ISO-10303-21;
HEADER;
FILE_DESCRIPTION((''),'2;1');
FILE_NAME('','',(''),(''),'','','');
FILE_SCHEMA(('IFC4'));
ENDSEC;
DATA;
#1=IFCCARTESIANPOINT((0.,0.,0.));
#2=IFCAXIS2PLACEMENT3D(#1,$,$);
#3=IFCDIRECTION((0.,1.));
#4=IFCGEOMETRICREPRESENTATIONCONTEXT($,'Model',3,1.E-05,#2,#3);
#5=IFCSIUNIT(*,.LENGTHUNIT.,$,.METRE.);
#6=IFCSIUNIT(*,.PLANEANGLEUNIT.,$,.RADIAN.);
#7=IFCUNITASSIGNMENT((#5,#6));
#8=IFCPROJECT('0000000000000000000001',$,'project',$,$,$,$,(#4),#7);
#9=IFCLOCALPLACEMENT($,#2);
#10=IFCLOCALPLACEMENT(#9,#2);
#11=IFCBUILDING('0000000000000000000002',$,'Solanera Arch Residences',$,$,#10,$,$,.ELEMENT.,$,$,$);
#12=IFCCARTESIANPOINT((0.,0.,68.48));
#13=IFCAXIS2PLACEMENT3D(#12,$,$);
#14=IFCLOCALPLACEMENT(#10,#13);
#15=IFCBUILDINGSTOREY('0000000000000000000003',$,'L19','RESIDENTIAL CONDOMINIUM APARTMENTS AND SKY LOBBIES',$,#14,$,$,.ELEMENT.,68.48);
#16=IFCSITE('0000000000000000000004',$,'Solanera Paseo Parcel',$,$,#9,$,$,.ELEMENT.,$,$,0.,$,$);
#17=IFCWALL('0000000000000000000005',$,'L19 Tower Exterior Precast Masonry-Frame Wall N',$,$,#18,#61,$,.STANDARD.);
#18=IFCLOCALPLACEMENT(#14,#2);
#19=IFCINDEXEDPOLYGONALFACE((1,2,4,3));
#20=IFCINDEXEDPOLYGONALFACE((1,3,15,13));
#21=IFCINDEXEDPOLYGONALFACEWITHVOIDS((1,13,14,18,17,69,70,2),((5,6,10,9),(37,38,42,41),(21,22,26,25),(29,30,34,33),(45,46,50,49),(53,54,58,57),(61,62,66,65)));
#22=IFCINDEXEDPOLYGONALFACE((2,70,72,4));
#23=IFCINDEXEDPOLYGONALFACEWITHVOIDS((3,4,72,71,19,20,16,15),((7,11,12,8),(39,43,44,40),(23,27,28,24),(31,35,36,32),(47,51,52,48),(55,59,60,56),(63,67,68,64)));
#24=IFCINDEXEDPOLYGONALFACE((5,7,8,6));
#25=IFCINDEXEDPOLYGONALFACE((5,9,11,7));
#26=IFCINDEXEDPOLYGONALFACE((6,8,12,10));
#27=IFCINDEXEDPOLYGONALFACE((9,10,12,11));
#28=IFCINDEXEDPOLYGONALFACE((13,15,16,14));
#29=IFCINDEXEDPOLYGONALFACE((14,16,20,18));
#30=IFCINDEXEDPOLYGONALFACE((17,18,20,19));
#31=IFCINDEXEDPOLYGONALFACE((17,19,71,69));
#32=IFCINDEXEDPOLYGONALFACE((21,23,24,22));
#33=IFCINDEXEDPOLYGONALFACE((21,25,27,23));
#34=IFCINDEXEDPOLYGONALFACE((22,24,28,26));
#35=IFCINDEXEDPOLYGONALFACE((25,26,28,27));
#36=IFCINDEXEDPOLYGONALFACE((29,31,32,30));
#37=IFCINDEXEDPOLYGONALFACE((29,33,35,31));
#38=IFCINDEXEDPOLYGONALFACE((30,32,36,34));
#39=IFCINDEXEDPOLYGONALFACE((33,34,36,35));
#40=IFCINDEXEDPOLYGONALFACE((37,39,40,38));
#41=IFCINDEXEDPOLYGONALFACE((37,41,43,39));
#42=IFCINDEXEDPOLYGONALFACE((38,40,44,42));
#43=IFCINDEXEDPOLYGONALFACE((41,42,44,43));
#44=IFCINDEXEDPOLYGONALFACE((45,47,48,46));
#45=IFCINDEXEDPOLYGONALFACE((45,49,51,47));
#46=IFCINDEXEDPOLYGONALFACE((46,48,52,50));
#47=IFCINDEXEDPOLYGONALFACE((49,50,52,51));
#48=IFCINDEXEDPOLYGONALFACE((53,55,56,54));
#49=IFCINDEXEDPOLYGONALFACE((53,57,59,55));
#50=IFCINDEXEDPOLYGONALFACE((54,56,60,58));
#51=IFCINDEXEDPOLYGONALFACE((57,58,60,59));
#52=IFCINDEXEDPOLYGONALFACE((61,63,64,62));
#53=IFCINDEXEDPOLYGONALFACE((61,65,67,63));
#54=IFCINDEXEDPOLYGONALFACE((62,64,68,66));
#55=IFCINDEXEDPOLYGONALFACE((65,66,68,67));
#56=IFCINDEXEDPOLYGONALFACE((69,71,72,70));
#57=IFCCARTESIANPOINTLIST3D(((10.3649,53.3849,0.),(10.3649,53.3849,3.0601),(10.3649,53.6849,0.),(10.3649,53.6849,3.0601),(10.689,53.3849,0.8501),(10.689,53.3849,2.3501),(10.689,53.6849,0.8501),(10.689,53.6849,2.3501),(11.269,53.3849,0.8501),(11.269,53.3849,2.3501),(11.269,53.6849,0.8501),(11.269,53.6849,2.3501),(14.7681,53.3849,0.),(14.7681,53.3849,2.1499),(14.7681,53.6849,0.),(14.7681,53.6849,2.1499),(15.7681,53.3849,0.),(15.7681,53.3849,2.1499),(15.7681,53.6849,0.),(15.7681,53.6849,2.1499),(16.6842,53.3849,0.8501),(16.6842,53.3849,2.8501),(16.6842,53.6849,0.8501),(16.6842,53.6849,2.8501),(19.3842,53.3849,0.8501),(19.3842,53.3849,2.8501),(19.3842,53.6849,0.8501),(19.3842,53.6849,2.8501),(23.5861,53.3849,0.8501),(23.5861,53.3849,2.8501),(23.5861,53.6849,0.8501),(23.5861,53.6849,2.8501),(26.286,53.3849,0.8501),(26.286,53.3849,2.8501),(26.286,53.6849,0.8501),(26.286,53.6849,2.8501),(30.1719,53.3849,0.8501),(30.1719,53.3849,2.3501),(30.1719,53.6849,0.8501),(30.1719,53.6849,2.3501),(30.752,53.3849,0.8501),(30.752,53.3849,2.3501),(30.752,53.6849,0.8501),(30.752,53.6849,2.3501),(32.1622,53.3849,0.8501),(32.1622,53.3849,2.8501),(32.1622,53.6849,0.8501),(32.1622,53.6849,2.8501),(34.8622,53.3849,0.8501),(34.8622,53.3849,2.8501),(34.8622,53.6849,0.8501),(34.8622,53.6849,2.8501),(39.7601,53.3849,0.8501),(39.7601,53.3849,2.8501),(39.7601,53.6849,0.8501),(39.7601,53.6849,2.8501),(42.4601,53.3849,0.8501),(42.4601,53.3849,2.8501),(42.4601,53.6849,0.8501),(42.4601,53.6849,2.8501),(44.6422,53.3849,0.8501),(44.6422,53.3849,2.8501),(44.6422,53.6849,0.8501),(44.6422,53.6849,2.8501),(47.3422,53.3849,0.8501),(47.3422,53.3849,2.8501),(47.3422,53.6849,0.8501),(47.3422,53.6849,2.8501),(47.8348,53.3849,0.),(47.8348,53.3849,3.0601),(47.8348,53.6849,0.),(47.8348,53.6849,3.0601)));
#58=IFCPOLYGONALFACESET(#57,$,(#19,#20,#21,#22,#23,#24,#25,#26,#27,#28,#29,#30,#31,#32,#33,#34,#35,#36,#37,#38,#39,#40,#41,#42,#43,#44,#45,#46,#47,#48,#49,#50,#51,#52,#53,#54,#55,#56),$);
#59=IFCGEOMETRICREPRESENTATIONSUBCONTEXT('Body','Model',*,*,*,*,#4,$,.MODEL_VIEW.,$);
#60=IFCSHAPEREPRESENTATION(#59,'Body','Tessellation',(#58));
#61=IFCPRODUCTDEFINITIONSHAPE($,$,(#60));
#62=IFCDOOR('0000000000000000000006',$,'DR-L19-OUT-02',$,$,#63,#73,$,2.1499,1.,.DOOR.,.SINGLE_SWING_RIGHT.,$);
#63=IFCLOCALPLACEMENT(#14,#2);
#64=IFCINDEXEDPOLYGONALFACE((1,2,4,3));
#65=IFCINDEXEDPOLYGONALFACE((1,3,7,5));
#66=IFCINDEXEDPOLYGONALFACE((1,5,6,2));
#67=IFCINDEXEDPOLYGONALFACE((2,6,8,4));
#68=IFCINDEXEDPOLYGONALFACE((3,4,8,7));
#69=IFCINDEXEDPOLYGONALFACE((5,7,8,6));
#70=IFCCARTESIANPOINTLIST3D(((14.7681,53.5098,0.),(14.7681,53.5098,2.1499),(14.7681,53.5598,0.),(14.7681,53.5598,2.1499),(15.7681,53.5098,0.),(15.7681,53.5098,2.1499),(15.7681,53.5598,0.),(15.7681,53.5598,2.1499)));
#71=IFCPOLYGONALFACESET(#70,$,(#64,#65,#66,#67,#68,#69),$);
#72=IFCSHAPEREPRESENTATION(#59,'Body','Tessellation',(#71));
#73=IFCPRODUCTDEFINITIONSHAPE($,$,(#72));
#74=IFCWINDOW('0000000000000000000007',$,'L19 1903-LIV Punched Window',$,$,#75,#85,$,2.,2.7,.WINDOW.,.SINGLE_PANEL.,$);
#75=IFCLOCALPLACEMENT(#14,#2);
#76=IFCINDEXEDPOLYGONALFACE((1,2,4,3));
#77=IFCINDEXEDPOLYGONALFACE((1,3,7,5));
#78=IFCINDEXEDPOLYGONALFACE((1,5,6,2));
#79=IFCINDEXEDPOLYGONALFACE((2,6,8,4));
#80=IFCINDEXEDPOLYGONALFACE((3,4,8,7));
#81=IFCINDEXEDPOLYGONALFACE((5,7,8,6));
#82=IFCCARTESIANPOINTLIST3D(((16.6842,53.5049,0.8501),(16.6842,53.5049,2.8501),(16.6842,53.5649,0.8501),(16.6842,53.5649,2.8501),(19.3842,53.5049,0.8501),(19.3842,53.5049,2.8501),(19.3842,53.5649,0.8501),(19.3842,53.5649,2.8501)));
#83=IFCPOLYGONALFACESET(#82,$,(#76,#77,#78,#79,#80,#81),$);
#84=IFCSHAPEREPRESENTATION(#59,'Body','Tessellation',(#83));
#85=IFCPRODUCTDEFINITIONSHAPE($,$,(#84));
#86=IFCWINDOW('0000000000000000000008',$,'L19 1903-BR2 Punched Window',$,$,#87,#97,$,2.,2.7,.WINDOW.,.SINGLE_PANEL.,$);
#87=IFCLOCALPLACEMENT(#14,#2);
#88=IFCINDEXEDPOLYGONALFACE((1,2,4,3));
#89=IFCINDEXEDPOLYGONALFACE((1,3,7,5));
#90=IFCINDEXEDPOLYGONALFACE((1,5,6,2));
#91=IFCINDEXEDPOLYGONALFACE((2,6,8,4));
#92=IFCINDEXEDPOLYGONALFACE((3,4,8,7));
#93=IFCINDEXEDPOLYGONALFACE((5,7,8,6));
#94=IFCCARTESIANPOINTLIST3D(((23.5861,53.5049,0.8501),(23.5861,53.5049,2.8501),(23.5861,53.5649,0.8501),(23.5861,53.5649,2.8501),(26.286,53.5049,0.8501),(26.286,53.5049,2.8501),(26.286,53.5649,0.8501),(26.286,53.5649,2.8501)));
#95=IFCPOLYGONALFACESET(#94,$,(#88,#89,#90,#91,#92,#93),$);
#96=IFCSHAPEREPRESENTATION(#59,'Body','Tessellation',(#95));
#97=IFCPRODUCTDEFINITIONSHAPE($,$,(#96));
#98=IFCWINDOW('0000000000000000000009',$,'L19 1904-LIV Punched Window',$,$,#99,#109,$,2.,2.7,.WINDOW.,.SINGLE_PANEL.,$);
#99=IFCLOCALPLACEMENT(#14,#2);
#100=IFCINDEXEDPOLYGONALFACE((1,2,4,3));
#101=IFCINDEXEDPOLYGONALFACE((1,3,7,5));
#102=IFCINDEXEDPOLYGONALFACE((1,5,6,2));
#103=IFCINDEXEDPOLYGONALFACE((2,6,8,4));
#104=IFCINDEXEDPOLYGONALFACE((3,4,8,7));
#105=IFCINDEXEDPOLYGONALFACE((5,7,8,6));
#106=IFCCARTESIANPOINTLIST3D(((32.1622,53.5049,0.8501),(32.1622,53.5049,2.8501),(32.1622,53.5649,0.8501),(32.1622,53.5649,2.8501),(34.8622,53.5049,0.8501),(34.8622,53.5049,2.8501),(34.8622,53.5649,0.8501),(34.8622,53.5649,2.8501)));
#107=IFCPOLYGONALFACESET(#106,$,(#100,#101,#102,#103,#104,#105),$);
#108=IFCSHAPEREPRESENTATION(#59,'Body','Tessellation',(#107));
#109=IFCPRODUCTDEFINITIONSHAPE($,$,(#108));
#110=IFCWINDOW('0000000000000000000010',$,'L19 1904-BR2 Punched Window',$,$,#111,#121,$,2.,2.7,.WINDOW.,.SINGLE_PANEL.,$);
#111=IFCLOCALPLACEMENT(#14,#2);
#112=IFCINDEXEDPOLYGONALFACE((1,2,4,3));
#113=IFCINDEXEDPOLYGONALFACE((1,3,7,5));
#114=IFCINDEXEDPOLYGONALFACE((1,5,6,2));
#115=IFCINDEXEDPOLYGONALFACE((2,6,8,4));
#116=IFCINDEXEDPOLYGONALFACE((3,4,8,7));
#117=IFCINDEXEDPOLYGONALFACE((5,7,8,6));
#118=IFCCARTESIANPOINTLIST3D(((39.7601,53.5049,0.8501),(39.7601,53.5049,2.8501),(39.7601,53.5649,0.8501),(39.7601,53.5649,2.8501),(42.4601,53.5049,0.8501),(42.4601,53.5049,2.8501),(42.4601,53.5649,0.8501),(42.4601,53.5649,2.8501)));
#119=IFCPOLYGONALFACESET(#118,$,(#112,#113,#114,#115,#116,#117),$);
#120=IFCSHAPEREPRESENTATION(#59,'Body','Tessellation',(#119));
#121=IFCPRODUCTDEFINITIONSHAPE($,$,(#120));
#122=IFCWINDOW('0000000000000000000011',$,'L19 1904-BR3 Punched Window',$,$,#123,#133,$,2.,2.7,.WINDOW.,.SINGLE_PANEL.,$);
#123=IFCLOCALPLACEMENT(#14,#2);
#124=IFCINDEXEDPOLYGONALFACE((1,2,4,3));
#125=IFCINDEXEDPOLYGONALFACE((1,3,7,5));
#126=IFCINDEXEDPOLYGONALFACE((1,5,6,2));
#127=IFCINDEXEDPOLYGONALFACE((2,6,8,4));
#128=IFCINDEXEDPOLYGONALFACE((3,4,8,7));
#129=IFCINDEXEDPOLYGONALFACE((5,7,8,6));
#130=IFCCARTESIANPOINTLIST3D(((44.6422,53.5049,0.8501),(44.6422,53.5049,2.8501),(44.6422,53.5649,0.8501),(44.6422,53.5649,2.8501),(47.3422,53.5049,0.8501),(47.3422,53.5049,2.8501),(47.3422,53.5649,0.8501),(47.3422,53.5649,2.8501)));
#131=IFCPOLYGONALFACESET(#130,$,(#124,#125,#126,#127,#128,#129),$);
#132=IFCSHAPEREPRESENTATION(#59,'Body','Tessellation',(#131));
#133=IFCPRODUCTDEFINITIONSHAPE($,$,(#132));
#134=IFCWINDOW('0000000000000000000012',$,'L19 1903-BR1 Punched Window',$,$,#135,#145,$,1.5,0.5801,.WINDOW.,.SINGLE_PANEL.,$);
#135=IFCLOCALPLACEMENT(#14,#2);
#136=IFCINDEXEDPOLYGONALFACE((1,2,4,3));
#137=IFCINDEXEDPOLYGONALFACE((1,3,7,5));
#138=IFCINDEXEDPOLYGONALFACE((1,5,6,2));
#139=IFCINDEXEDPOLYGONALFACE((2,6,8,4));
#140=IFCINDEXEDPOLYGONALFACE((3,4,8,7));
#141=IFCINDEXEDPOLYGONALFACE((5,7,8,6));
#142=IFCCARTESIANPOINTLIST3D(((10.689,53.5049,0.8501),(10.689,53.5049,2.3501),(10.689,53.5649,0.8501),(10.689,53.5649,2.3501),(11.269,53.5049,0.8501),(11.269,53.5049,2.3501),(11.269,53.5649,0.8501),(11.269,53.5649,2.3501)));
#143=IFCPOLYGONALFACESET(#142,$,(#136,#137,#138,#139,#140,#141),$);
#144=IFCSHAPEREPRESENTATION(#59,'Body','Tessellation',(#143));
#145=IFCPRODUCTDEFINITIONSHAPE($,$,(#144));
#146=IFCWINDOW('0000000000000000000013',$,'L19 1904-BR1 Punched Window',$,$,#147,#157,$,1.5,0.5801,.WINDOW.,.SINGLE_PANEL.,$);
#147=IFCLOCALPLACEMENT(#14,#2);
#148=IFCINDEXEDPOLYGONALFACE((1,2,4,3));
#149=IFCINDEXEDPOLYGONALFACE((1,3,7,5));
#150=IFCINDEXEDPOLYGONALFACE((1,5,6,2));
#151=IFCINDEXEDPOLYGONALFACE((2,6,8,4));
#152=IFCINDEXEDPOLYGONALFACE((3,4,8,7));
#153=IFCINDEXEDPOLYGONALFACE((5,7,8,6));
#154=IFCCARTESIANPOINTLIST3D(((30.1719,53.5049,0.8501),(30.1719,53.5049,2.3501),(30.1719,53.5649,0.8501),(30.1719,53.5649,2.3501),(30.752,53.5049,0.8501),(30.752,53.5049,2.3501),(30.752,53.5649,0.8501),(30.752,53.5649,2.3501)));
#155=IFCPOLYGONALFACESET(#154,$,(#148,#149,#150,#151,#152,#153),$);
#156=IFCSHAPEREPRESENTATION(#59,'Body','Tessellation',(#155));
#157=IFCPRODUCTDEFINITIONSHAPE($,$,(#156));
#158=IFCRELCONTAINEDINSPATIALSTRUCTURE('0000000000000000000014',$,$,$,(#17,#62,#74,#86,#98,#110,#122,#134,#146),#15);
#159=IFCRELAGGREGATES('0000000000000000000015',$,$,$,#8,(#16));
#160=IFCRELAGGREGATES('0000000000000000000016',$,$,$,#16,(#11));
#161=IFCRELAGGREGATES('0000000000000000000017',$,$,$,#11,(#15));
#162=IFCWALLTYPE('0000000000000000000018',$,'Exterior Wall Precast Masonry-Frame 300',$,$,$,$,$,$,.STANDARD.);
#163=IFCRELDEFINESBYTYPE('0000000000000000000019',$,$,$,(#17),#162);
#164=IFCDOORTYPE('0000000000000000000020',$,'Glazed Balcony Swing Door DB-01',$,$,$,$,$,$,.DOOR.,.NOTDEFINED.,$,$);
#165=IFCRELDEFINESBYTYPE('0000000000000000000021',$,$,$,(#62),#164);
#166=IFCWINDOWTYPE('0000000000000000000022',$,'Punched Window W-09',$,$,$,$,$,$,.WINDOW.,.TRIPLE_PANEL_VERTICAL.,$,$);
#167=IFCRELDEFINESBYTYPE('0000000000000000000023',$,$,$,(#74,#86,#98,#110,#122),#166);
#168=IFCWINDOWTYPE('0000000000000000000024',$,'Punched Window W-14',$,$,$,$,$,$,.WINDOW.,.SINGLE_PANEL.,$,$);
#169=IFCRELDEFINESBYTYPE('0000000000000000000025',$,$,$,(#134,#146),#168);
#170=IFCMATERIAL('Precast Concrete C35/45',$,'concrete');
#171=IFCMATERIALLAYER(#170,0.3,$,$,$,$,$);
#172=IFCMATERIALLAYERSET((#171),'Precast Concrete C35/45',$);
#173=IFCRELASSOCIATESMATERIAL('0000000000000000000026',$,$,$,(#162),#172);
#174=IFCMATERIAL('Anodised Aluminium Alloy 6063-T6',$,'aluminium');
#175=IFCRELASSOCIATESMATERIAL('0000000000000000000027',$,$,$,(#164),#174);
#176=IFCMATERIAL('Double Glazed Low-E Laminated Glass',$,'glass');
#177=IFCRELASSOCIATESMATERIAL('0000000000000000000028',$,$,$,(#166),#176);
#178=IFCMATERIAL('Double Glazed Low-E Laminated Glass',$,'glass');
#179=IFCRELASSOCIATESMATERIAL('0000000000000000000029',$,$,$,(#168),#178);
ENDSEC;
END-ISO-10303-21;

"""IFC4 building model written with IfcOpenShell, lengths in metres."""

from ifc_helpers import new_model, si_unit, direction, frame, frame_2d, origin, place, context, subcontext, project, spatial, rectangle, extrude, material, layer, layer_set, type_object, element, fill, save


model = new_model("IFC4")

# Units and contexts
model_context = context("Model", 3, precision=1e-05, world=origin(), true_north=direction((0.0, 1.0)))
body_context = subcontext(model_context, "Body", "Model", "MODEL_VIEW")
ifc_project = project(units=[si_unit("LENGTHUNIT", "METRE"), si_unit("PLANEANGLEUNIT", "RADIAN")], contexts=[model_context])

# Site, building, storey
site_placement = place(None, origin())
site = spatial("IfcSite", under=ifc_project, at=site_placement, Name="Solanera Paseo Parcel", CompositionType="ELEMENT", RefElevation=0.0)
building_placement = place(site_placement, origin())
building = spatial("IfcBuilding", under=site, at=building_placement, Name="Solanera Arch Residences", CompositionType="ELEMENT")
storey_placement = place(building_placement, frame((0.0, 0.0, 68.48)))
storey = spatial("IfcBuildingStorey", under=building, at=storey_placement, Name="L19", Description="RESIDENTIAL CONDOMINIUM APARTMENTS AND SKY LOBBIES", CompositionType="ELEMENT", Elevation=68.48)

# Shared definitions
ifc_material_1 = material(Name="Precast Concrete C35/45", Category="concrete")
ifc_layer_1 = layer(ifc_material_1, 0.3)
ifc_layer_set_1 = layer_set([ifc_layer_1], Name="Precast Concrete C35/45")
wall_type_1 = type_object("IfcWallType", Name="Exterior Wall Precast Masonry-Frame 300", PredefinedType="STANDARD", material=ifc_layer_set_1)

# Wall, openings, door, windows
wall_1_placement = place(storey_placement, frame((10.365, 53.5349, 0.0), z_axis=(0.0, 0.0, 1.0), x_axis=(1.0, 0.0, 0.0)))
wall_1 = element("IfcWall", 1, at=wall_1_placement, inside=storey, type_object=wall_type_1, Name="L19 Tower Exterior Precast Masonry-Frame Wall N", PredefinedType="STANDARD", context=body_context, shape_type="SweptSolid", body=[
    extrude(rectangle(XDim=37.47, YDim=0.3, at=frame_2d((18.7349, 0.0))), origin(), (0.0, 0.0, 1.0), 3.0601),
])
opening_1_placement = place(wall_1_placement, frame((4.4031, 0.0, 0.0)))
opening_1 = element("IfcOpeningElement", 2, at=opening_1_placement, cuts=wall_1, PredefinedType="OPENING", context=body_context, shape_type="SweptSolid", body=[
    extrude(rectangle(XDim=1.0, YDim=2.1499, at=frame_2d((0.5, 1.075))), frame((0.0, 0.1599, 0.0), z_axis=(0.0, -1.0, 0.0), x_axis=(1.0, 0.0, 0.0)), (0.0, 0.0, 1.0), 0.32),
])
opening_2_placement = place(wall_1_placement, frame((6.3191, 0.0, 0.8501)))
opening_2 = element("IfcOpeningElement", 3, at=opening_2_placement, cuts=wall_1, PredefinedType="OPENING", context=body_context, shape_type="SweptSolid", body=[
    extrude(rectangle(XDim=2.7, YDim=2.0, at=frame_2d((1.3501, 1.0))), frame((0.0, 0.1599, 0.0), z_axis=(0.0, -1.0, 0.0), x_axis=(1.0, 0.0, 0.0)), (0.0, 0.0, 1.0), 0.32),
])
opening_3_placement = place(wall_1_placement, frame((0.324, 0.0, 0.8501)))
opening_3 = element("IfcOpeningElement", 4, at=opening_3_placement, cuts=wall_1, PredefinedType="OPENING", context=body_context, shape_type="SweptSolid", body=[
    extrude(rectangle(XDim=0.5801, YDim=1.5, at=frame_2d((0.29, 0.75))), frame((0.0, 0.1599, 0.0), z_axis=(0.0, -1.0, 0.0), x_axis=(1.0, 0.0, 0.0)), (0.0, 0.0, 1.0), 0.32),
])
opening_4_placement = place(wall_1_placement, frame((13.2209, 0.0, 0.8501)))
opening_4 = element("IfcOpeningElement", 5, at=opening_4_placement, cuts=wall_1, PredefinedType="OPENING", context=body_context, shape_type="SweptSolid", body=[
    extrude(rectangle(XDim=2.7, YDim=2.0, at=frame_2d((1.3501, 1.0))), frame((0.0, 0.1599, 0.0), z_axis=(0.0, -1.0, 0.0), x_axis=(1.0, 0.0, 0.0)), (0.0, 0.0, 1.0), 0.32),
])
opening_5_placement = place(wall_1_placement, frame((21.7971, 0.0, 0.8501)))
opening_5 = element("IfcOpeningElement", 6, at=opening_5_placement, cuts=wall_1, PredefinedType="OPENING", context=body_context, shape_type="SweptSolid", body=[
    extrude(rectangle(XDim=2.7, YDim=2.0, at=frame_2d((1.3501, 1.0))), frame((0.0, 0.1599, 0.0), z_axis=(0.0, -1.0, 0.0), x_axis=(1.0, 0.0, 0.0)), (0.0, 0.0, 1.0), 0.32),
])
opening_6_placement = place(wall_1_placement, frame((19.8069, 0.0, 0.8501)))
opening_6 = element("IfcOpeningElement", 7, at=opening_6_placement, cuts=wall_1, PredefinedType="OPENING", context=body_context, shape_type="SweptSolid", body=[
    extrude(rectangle(XDim=0.5801, YDim=1.5, at=frame_2d((0.29, 0.75))), frame((0.0, 0.1599, 0.0), z_axis=(0.0, -1.0, 0.0), x_axis=(1.0, 0.0, 0.0)), (0.0, 0.0, 1.0), 0.32),
])
opening_7_placement = place(wall_1_placement, frame((29.395, 0.0, 0.8501)))
opening_7 = element("IfcOpeningElement", 8, at=opening_7_placement, cuts=wall_1, PredefinedType="OPENING", context=body_context, shape_type="SweptSolid", body=[
    extrude(rectangle(XDim=2.7, YDim=2.0, at=frame_2d((1.3501, 1.0))), frame((0.0, 0.1599, 0.0), z_axis=(0.0, -1.0, 0.0), x_axis=(1.0, 0.0, 0.0)), (0.0, 0.0, 1.0), 0.32),
])
opening_8_placement = place(wall_1_placement, frame((34.2771, 0.0, 0.8501)))
opening_8 = element("IfcOpeningElement", 9, at=opening_8_placement, cuts=wall_1, PredefinedType="OPENING", context=body_context, shape_type="SweptSolid", body=[
    extrude(rectangle(XDim=2.7, YDim=2.0, at=frame_2d((1.3501, 1.0))), frame((0.0, 0.1599, 0.0), z_axis=(0.0, -1.0, 0.0), x_axis=(1.0, 0.0, 0.0)), (0.0, 0.0, 1.0), 0.32),
])
ifc_material_2 = material(Name="Anodised Aluminium Alloy 6063-T6", Category="aluminium")
door_type_1 = type_object("IfcDoorType", Name="Glazed Balcony Swing Door DB-01", OperationType="NOTDEFINED", PredefinedType="DOOR", material=ifc_material_2)
door_1_placement = place(opening_1_placement, origin())
door_1 = element("IfcDoor", 10, at=door_1_placement, inside=storey, type_object=door_type_1, Name="DR-L19-OUT-02", OperationType="SINGLE_SWING_RIGHT", OverallHeight=2.1499, OverallWidth=1.0, PredefinedType="DOOR", context=body_context, shape_type="SweptSolid", body=[
    extrude(rectangle(XDim=1.0, YDim=2.1499, at=frame_2d((0.5, 1.075))), frame((0.0, 0.0249, 0.0), z_axis=(0.0, -1.0, 0.0), x_axis=(1.0, 0.0, 0.0)), (0.0, 0.0, 1.0), 0.05),
])
fill(opening_1, door_1)
ifc_material_3 = material(Name="Double Glazed Low-E Laminated Glass", Category="glass")
window_type_1 = type_object("IfcWindowType", Name="Punched Window W-09", PartitioningType="TRIPLE_PANEL_VERTICAL", PredefinedType="WINDOW", material=ifc_material_3)
window_1_placement = place(opening_2_placement, origin())
window_1 = element("IfcWindow", 11, at=window_1_placement, inside=storey, type_object=window_type_1, Name="L19 1903-LIV Punched Window", OverallHeight=2.0, OverallWidth=2.7, PartitioningType="SINGLE_PANEL", PredefinedType="WINDOW", context=body_context, shape_type="SweptSolid", body=[
    extrude(rectangle(XDim=2.7, YDim=2.0, at=frame_2d((1.3501, 1.0))), frame((0.0, 0.03, 0.0), z_axis=(0.0, -1.0, 0.0), x_axis=(1.0, 0.0, 0.0)), (0.0, 0.0, 1.0), 0.0601),
])
fill(opening_2, window_1)
window_2_placement = place(opening_4_placement, origin())
window_2 = element("IfcWindow", 12, at=window_2_placement, inside=storey, type_object=window_type_1, Name="L19 1903-BR2 Punched Window", OverallHeight=2.0, OverallWidth=2.7, PartitioningType="SINGLE_PANEL", PredefinedType="WINDOW", context=body_context, shape_type="SweptSolid", body=[
    extrude(rectangle(XDim=2.7, YDim=2.0, at=frame_2d((1.3501, 1.0))), frame((0.0, 0.03, 0.0), z_axis=(0.0, -1.0, 0.0), x_axis=(1.0, 0.0, 0.0)), (0.0, 0.0, 1.0), 0.0601),
])
fill(opening_4, window_2)
window_3_placement = place(opening_5_placement, origin())
window_3 = element("IfcWindow", 13, at=window_3_placement, inside=storey, type_object=window_type_1, Name="L19 1904-LIV Punched Window", OverallHeight=2.0, OverallWidth=2.7, PartitioningType="SINGLE_PANEL", PredefinedType="WINDOW", context=body_context, shape_type="SweptSolid", body=[
    extrude(rectangle(XDim=2.7, YDim=2.0, at=frame_2d((1.3501, 1.0))), frame((0.0, 0.03, 0.0), z_axis=(0.0, -1.0, 0.0), x_axis=(1.0, 0.0, 0.0)), (0.0, 0.0, 1.0), 0.0601),
])
fill(opening_5, window_3)
window_4_placement = place(opening_7_placement, origin())
window_4 = element("IfcWindow", 14, at=window_4_placement, inside=storey, type_object=window_type_1, Name="L19 1904-BR2 Punched Window", OverallHeight=2.0, OverallWidth=2.7, PartitioningType="SINGLE_PANEL", PredefinedType="WINDOW", context=body_context, shape_type="SweptSolid", body=[
    extrude(rectangle(XDim=2.7, YDim=2.0, at=frame_2d((1.3501, 1.0))), frame((0.0, 0.03, 0.0), z_axis=(0.0, -1.0, 0.0), x_axis=(1.0, 0.0, 0.0)), (0.0, 0.0, 1.0), 0.0601),
])
fill(opening_7, window_4)
window_5_placement = place(opening_8_placement, origin())
window_5 = element("IfcWindow", 15, at=window_5_placement, inside=storey, type_object=window_type_1, Name="L19 1904-BR3 Punched Window", OverallHeight=2.0, OverallWidth=2.7, PartitioningType="SINGLE_PANEL", PredefinedType="WINDOW", context=body_context, shape_type="SweptSolid", body=[
    extrude(rectangle(XDim=2.7, YDim=2.0, at=frame_2d((1.3501, 1.0))), frame((0.0, 0.03, 0.0), z_axis=(0.0, -1.0, 0.0), x_axis=(1.0, 0.0, 0.0)), (0.0, 0.0, 1.0), 0.0601),
])
fill(opening_8, window_5)
ifc_material_4 = material(Name="Double Glazed Low-E Laminated Glass", Category="glass")
window_type_2 = type_object("IfcWindowType", Name="Punched Window W-14", PartitioningType="SINGLE_PANEL", PredefinedType="WINDOW", material=ifc_material_4)
window_6_placement = place(opening_3_placement, origin())
window_6 = element("IfcWindow", 16, at=window_6_placement, inside=storey, type_object=window_type_2, Name="L19 1903-BR1 Punched Window", OverallHeight=1.5, OverallWidth=0.5801, PartitioningType="SINGLE_PANEL", PredefinedType="WINDOW", context=body_context, shape_type="SweptSolid", body=[
    extrude(rectangle(XDim=0.5801, YDim=1.5, at=frame_2d((0.29, 0.75))), frame((0.0, 0.03, 0.0), z_axis=(0.0, -1.0, 0.0), x_axis=(1.0, 0.0, 0.0)), (0.0, 0.0, 1.0), 0.0601),
])
fill(opening_3, window_6)
window_7_placement = place(opening_6_placement, origin())
window_7 = element("IfcWindow", 17, at=window_7_placement, inside=storey, type_object=window_type_2, Name="L19 1904-BR1 Punched Window", OverallHeight=1.5, OverallWidth=0.5801, PartitioningType="SINGLE_PANEL", PredefinedType="WINDOW", context=body_context, shape_type="SweptSolid", body=[
    extrude(rectangle(XDim=0.5801, YDim=1.5, at=frame_2d((0.29, 0.75))), frame((0.0, 0.03, 0.0), z_axis=(0.0, -1.0, 0.0), x_axis=(1.0, 0.0, 0.0)), (0.0, 0.0, 1.0), 0.0601),
])
fill(opening_6, window_7)

save(model, "model.ifc")
